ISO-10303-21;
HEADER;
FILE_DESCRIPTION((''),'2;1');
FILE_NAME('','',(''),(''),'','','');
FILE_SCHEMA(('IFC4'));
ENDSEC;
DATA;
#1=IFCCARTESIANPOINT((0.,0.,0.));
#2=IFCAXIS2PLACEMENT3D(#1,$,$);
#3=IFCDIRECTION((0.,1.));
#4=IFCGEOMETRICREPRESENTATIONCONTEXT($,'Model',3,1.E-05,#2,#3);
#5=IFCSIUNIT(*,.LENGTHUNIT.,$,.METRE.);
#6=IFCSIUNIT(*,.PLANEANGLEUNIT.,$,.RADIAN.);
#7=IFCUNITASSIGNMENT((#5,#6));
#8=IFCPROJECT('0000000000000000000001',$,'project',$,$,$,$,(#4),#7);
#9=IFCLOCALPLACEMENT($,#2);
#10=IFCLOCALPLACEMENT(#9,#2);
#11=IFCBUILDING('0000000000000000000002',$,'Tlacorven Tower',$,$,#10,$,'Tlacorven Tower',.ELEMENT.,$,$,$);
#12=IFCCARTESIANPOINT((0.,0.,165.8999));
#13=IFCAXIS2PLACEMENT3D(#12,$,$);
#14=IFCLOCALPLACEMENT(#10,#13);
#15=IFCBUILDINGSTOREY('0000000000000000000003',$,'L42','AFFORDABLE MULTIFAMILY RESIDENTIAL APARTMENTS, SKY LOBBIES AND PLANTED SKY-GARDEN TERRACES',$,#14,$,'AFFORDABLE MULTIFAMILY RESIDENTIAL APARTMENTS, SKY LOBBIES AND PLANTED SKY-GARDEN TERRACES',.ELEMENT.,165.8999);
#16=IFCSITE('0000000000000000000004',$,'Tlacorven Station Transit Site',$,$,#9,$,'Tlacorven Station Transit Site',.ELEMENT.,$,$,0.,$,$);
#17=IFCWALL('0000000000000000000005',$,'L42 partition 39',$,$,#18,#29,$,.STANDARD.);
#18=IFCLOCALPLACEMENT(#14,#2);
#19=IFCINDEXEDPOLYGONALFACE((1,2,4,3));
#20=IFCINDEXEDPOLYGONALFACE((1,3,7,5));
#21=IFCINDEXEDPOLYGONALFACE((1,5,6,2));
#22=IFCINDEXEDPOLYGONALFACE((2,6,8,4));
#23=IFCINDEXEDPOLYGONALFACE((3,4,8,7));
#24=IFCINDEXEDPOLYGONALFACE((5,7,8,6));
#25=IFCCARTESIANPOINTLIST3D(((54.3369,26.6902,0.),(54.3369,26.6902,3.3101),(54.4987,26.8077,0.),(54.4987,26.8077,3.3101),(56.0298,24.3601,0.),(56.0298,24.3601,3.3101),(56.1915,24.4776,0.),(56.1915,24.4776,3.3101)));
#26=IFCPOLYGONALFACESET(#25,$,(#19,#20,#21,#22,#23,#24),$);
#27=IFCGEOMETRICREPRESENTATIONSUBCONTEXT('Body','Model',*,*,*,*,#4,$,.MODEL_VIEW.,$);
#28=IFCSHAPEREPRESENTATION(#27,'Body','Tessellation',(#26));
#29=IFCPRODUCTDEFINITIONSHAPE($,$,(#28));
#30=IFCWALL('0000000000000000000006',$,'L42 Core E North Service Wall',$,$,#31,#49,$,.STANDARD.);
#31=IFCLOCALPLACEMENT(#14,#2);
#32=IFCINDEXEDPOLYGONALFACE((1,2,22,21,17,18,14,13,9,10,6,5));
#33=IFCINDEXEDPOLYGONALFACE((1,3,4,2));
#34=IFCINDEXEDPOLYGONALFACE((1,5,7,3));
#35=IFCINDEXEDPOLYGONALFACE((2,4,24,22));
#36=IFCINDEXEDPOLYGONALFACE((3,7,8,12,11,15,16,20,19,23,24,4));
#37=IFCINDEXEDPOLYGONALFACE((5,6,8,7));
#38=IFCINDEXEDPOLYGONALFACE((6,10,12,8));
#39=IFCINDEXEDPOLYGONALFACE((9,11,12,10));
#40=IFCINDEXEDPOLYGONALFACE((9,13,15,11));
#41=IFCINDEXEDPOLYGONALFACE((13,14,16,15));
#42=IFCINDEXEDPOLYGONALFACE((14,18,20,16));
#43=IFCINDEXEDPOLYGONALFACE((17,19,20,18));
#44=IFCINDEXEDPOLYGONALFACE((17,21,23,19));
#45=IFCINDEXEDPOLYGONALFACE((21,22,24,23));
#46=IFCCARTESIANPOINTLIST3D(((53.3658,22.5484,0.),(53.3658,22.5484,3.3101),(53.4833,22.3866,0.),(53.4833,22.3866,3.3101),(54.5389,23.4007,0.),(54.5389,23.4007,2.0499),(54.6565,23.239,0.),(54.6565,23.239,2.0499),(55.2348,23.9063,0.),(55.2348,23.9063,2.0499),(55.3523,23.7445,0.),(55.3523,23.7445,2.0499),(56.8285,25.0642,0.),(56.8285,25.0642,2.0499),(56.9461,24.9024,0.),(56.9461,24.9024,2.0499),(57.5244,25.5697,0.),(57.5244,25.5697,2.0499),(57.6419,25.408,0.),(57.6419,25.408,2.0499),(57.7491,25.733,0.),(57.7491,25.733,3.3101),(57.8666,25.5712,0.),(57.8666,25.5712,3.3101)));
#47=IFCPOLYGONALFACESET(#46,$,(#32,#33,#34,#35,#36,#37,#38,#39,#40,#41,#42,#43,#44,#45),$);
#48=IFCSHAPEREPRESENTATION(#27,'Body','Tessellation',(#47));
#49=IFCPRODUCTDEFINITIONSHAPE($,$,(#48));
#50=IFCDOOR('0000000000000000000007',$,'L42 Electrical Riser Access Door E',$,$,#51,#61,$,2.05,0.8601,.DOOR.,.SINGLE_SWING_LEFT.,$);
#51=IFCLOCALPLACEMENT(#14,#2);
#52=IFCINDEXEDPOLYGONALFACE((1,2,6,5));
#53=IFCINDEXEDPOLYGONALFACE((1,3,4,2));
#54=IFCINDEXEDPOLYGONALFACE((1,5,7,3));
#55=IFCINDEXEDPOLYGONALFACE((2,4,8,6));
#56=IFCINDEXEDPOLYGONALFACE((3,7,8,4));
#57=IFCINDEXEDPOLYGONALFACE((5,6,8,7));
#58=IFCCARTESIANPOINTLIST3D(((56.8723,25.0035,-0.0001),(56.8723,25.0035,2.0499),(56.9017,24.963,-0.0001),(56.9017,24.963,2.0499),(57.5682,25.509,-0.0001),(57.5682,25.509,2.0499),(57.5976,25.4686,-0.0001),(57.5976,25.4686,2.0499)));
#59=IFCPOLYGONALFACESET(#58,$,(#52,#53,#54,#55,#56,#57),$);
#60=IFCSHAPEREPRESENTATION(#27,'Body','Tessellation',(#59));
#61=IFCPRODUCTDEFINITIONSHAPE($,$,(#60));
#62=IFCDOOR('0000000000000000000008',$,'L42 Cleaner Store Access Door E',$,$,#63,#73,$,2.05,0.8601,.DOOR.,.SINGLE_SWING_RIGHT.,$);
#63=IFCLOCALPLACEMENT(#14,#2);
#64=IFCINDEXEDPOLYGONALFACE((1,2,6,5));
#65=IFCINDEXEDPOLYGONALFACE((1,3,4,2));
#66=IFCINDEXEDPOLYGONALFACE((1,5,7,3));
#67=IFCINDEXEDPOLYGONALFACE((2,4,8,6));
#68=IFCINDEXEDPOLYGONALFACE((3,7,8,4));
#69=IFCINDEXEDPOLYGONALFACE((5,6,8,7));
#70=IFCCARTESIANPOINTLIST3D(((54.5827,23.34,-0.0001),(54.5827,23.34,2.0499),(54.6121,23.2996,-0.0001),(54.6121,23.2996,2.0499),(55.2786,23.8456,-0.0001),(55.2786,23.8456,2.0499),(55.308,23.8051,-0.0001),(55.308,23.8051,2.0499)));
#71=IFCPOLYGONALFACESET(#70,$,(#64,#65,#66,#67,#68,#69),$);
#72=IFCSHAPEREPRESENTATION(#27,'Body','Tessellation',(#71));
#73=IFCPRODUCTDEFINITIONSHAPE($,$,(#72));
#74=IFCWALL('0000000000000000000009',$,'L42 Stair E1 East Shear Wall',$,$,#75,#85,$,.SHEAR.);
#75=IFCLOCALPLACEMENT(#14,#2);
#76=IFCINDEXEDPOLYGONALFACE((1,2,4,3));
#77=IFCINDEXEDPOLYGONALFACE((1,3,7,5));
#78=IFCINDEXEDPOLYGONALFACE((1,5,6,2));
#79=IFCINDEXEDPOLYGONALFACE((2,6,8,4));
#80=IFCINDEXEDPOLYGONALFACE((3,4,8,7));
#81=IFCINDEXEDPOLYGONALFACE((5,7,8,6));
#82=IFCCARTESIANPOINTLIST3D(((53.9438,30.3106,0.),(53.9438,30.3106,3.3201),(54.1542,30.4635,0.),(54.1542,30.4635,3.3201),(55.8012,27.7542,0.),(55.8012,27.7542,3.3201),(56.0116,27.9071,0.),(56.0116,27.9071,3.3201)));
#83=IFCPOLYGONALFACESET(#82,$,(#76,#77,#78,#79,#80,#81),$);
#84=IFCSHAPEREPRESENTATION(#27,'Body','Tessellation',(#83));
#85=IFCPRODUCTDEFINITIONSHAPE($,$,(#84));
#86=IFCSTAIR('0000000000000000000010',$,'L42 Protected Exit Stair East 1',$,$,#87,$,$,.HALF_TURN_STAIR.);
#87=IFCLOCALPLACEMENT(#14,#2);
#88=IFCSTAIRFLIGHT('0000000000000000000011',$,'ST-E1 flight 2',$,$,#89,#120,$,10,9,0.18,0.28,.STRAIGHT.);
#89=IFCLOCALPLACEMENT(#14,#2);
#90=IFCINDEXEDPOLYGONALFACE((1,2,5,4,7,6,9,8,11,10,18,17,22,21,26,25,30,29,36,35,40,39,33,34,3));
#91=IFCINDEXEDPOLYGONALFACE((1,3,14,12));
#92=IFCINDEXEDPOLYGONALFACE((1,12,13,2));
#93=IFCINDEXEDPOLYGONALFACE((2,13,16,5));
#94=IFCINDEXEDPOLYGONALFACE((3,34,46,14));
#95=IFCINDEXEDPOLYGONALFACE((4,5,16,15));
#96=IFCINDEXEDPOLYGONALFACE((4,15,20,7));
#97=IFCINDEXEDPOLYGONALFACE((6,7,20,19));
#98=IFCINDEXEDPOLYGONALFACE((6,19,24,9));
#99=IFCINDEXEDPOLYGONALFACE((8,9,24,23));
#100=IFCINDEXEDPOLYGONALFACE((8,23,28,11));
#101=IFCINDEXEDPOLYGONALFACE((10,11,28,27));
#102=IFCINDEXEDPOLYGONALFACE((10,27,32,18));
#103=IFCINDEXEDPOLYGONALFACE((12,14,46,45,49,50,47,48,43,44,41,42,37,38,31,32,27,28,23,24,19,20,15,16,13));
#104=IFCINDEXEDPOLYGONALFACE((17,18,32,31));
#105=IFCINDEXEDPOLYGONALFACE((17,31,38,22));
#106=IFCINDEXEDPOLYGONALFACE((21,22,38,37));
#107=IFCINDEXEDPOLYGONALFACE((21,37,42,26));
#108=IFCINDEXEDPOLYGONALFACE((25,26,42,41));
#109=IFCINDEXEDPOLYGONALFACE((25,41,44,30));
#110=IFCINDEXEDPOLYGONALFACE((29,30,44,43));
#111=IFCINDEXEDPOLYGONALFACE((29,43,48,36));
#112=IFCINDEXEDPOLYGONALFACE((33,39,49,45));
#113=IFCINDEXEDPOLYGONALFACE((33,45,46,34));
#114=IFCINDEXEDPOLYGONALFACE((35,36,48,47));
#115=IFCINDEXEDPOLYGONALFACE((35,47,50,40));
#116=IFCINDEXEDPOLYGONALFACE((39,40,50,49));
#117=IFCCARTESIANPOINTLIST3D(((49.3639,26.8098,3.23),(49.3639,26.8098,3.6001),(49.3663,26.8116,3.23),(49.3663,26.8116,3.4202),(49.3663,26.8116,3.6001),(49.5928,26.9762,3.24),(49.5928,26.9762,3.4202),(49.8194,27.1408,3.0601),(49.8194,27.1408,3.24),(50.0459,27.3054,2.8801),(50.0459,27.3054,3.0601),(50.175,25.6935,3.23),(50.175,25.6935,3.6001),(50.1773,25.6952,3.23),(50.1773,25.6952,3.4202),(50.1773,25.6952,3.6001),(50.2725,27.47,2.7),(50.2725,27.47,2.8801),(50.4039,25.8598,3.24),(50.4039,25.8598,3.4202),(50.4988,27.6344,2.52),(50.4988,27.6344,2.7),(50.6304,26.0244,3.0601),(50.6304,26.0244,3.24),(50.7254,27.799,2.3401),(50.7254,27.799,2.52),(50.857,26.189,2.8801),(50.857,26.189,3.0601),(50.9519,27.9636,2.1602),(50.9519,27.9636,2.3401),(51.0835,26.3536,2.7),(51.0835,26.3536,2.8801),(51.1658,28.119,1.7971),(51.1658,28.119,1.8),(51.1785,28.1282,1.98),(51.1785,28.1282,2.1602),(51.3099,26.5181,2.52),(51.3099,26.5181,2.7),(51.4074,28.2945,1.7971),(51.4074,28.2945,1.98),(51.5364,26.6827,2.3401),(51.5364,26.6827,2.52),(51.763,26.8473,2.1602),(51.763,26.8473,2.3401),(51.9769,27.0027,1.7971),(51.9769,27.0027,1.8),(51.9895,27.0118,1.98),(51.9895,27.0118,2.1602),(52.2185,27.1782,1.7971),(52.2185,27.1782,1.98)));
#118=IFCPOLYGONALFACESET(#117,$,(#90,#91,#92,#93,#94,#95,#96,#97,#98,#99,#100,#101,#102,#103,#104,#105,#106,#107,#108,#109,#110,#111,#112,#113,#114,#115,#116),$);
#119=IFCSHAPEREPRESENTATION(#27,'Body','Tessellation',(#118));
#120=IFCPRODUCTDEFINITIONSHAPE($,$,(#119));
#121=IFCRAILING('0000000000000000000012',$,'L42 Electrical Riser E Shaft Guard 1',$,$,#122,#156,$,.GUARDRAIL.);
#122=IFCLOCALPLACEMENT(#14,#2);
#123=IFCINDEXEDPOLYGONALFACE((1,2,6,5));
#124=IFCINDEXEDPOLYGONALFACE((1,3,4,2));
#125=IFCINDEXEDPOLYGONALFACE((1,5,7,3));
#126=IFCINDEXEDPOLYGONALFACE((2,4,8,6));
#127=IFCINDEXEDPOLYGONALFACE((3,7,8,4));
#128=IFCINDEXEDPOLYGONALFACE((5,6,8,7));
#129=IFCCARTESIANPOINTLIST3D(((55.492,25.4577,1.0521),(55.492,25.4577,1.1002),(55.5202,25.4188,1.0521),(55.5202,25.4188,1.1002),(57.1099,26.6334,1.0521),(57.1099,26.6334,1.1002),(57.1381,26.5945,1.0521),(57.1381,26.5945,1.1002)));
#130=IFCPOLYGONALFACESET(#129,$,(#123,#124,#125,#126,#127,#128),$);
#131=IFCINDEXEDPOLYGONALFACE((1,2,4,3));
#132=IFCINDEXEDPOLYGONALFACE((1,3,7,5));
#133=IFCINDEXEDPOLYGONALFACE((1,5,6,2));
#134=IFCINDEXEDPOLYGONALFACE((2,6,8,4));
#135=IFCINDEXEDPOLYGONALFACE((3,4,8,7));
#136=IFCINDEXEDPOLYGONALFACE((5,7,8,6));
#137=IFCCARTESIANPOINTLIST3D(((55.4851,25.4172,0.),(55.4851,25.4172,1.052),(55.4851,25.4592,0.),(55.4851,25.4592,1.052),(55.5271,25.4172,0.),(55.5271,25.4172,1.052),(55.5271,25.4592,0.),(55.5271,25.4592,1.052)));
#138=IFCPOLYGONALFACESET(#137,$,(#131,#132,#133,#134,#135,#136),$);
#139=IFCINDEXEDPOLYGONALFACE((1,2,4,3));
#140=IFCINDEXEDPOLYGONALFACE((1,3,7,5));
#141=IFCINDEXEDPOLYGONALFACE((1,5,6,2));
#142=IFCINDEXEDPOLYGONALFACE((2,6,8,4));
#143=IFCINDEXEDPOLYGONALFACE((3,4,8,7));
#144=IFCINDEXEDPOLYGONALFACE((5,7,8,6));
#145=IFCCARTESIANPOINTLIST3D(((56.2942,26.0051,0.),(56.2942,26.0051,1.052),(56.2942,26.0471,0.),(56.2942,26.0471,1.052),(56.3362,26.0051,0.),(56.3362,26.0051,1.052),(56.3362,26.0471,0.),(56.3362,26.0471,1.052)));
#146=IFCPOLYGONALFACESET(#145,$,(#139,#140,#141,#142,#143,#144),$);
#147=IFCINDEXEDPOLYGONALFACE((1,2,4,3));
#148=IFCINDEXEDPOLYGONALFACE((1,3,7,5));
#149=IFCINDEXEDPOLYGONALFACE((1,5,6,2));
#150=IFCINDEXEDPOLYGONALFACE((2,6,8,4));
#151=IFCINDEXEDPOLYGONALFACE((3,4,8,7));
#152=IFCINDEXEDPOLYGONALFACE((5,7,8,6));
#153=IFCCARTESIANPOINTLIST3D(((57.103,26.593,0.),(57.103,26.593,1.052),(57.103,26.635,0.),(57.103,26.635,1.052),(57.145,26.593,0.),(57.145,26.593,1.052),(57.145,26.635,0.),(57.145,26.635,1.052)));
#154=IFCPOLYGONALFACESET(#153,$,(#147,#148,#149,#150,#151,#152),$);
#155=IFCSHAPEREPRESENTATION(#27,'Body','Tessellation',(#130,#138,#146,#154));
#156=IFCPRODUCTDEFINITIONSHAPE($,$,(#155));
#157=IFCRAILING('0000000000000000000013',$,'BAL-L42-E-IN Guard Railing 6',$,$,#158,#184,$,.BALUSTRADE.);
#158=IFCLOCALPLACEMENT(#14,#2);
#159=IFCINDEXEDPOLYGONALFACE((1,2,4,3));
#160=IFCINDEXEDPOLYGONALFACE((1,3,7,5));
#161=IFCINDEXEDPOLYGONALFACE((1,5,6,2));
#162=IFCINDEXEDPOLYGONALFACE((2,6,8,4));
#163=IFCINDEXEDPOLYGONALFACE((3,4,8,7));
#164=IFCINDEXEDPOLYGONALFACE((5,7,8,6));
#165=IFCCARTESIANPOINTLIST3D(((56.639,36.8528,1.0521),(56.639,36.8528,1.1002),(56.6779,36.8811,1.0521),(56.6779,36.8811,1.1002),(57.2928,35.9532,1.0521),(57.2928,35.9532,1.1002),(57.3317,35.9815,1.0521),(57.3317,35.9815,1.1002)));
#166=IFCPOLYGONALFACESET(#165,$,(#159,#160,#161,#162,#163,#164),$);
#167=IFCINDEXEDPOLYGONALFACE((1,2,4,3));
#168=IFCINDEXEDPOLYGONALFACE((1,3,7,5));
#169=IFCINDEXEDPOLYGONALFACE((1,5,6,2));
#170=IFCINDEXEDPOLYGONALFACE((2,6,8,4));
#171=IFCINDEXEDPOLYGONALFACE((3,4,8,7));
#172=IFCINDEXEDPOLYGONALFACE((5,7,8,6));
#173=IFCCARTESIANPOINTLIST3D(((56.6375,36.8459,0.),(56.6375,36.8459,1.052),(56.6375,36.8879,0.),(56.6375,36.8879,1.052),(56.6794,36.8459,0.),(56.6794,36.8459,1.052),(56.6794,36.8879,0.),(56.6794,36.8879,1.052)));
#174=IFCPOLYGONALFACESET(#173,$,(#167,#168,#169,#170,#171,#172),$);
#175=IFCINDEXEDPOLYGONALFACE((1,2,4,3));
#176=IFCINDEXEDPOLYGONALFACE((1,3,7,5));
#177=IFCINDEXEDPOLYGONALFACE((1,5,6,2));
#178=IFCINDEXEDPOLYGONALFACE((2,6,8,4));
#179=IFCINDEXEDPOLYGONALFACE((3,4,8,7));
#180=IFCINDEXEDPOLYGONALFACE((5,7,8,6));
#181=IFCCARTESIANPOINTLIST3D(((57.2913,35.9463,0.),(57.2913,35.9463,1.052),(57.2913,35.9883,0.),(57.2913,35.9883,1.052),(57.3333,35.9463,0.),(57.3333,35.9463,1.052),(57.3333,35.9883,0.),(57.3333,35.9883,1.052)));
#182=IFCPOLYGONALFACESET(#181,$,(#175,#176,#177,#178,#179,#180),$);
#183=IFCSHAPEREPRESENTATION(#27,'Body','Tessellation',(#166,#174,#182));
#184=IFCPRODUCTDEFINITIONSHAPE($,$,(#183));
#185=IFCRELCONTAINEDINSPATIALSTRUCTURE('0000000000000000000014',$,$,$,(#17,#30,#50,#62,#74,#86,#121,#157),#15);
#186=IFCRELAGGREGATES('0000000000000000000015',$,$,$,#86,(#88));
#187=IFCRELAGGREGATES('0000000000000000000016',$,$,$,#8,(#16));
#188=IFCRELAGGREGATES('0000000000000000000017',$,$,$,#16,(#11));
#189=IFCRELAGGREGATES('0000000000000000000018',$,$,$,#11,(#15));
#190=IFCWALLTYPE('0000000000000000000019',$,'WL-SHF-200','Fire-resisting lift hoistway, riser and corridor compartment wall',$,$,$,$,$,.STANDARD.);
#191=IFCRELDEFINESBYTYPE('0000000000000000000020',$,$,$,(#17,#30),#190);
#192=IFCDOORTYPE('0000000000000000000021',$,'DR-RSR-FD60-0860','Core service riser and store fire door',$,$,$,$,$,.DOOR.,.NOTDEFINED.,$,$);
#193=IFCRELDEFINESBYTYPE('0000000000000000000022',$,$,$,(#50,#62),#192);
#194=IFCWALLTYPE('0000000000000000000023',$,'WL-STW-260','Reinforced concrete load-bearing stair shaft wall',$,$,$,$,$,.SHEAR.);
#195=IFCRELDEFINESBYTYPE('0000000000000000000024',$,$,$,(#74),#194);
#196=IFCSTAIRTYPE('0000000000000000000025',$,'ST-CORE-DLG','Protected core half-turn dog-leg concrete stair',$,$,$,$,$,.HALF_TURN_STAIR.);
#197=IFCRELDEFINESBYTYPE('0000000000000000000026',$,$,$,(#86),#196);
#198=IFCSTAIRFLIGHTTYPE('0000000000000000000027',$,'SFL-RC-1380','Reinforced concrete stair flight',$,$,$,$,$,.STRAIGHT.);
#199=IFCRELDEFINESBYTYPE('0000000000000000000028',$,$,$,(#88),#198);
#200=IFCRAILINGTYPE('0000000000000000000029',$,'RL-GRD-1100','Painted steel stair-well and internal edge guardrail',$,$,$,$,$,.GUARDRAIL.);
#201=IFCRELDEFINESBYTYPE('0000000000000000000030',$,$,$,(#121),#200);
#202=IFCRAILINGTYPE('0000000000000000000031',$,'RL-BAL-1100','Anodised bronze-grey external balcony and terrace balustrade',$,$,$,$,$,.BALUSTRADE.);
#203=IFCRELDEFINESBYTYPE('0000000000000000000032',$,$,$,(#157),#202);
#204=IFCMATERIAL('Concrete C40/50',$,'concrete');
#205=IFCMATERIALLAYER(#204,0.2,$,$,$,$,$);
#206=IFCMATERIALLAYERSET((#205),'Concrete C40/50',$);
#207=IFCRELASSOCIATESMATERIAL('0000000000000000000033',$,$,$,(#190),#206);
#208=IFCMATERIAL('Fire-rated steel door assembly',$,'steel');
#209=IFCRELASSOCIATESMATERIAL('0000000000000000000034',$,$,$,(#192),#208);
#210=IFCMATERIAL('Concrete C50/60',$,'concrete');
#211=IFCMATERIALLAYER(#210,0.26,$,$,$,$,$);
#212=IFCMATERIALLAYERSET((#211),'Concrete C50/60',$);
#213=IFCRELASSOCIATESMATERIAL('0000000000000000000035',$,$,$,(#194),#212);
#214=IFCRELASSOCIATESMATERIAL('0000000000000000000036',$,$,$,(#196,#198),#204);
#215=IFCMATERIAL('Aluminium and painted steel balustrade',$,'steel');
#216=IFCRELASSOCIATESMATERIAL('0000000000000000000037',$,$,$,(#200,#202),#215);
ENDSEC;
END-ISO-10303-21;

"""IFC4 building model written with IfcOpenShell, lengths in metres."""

from ifc_helpers import new_model, si_unit, direction, frame, frame_2d, origin, origin_2d, place, context, subcontext, project, spatial, polyline, rectangle, outline, extrude, source, transform, mapped, material, layer, layer_set, type_object, element, fill, aggregate, save


model = new_model("IFC4")

# Units and contexts
model_context = context("Model", 3, precision=1e-05, world=origin(), true_north=direction((0.0, 1.0)))
body_context = subcontext(model_context, "Body", "Model", "MODEL_VIEW")
ifc_project = project(units=[si_unit("LENGTHUNIT", "METRE"), si_unit("PLANEANGLEUNIT", "RADIAN")], contexts=[model_context])

# Site, building, storey
site_placement = place(None, origin())
site = spatial("IfcSite", under=ifc_project, at=site_placement, Name="Tlacorven Station Transit Site", LongName="Tlacorven Station Transit Site", CompositionType="ELEMENT", RefElevation=0.0)
building_placement = place(site_placement, origin())
building = spatial("IfcBuilding", under=site, at=building_placement, Name="Tlacorven Tower", LongName="Tlacorven Tower", CompositionType="ELEMENT")
storey_placement = place(building_placement, frame((0.0, 0.0, 165.8999)))
storey = spatial("IfcBuildingStorey", under=building, at=storey_placement, Name="L42", Description="AFFORDABLE MULTIFAMILY RESIDENTIAL APARTMENTS, SKY LOBBIES AND PLANTED SKY-GARDEN TERRACES", LongName="AFFORDABLE MULTIFAMILY RESIDENTIAL APARTMENTS, SKY LOBBIES AND PLANTED SKY-GARDEN TERRACES", CompositionType="ELEMENT", Elevation=165.8999)

# Shared definitions
ifc_material_1 = material(Name="Fire-rated steel door assembly", Category="steel")

# Shared definitions
ifc_material_2 = material(Name="Concrete C40/50", Category="concrete")
ifc_layer_1 = layer(ifc_material_2, 0.2)
ifc_layer_set_1 = layer_set([ifc_layer_1], Name="Concrete C40/50")
wall_type_1 = type_object("IfcWallType", Name="WL-SHF-200", Description="Fire-resisting lift hoistway, riser and corridor compartment wall", PredefinedType="STANDARD", material=ifc_layer_set_1)
door_type_1 = type_object("IfcDoorType", Name="DR-RSR-FD60-0860", Description="Core service riser and store fire door", OperationType="NOTDEFINED", PredefinedType="DOOR", material=ifc_material_1)
shared_shape_1 = source(origin(), body_context, "Body", "SweptSolid", [
    extrude(rectangle(XDim=0.8601, YDim=2.05, at=frame_2d((0.4302, 1.0249))), frame((0.0, 0.0249, 0.0), z_axis=(0.0, -1.0, 0.0), x_axis=(1.0, 0.0, 0.0)), (0.0, 0.0, 1.0), 0.05),
])

# Wall
wall_1_placement = place(storey_placement, frame((56.1106, 24.4189, 0.0), z_axis=(0.0, 0.0, 1.0), x_axis=(-0.587778, 0.809022, 0.0)))
element("IfcWall", 1, at=wall_1_placement, inside=storey, type_object=wall_type_1, Name="L42 partition 39", PredefinedType="STANDARD", context=body_context, shape_type="SweptSolid", body=[
    extrude(rectangle(XDim=2.8801, YDim=0.2, at=frame_2d((1.4399, 0.0))), origin(), (0.0, 0.0, 1.0), 3.3101),
])

# Wall, openings, doors
wall_2_placement = place(storey_placement, frame((53.4246, 22.4675, 0.0), z_axis=(0.0, 0.0, 1.0), x_axis=(0.809024, 0.587775, 0.0)))
wall_2 = element("IfcWall", 2, at=wall_2_placement, inside=storey, type_object=wall_type_1, Name="L42 Core E North Service Wall", PredefinedType="STANDARD", context=body_context, shape_type="SweptSolid", body=[
    extrude(rectangle(XDim=5.418, YDim=0.2, at=frame_2d((2.709, 0.0))), origin(), (0.0, 0.0, 1.0), 3.3101),
])
opening_1_placement = place(wall_2_placement, frame((4.28, 0.0, 0.0)))
opening_1 = element("IfcOpeningElement", 3, at=opening_1_placement, cuts=wall_2, PredefinedType="OPENING", context=body_context, shape_type="SweptSolid", body=[
    extrude(rectangle(XDim=0.8601, YDim=2.05, at=frame_2d((0.4302, 1.0249))), frame((0.0, 0.1099, 0.0), z_axis=(0.0, -1.0, 0.0), x_axis=(1.0, 0.0, 0.0)), (0.0, 0.0, 1.0), 0.22),
])
opening_2_placement = place(wall_2_placement, frame((1.45, 0.0, 0.0)))
opening_2 = element("IfcOpeningElement", 4, at=opening_2_placement, cuts=wall_2, PredefinedType="OPENING", context=body_context, shape_type="SweptSolid", body=[
    extrude(rectangle(XDim=0.8601, YDim=2.05, at=frame_2d((0.4302, 1.0249))), frame((0.0, 0.1099, 0.0), z_axis=(0.0, -1.0, 0.0), x_axis=(1.0, 0.0, 0.0)), (0.0, 0.0, 1.0), 0.22),
])
door_1_placement = place(opening_1_placement, frame((0.8601, 0.0, 0.0), z_axis=(0.0, 0.0, 1.0), x_axis=(-1.0, 0.0, 0.0)))
door_1 = element("IfcDoor", 5, at=door_1_placement, inside=storey, type_object=door_type_1, Name="L42 Electrical Riser Access Door E", OperationType="SINGLE_SWING_LEFT", OverallHeight=2.05, OverallWidth=0.8601, PredefinedType="DOOR", context=body_context, shape_type="MappedRepresentation", body=[
    mapped(shared_shape_1, transform((0.0, 0.0, 0.0), scale=1.0)),
])
fill(opening_1, door_1)
door_2_placement = place(opening_2_placement, frame((0.8601, 0.0, 0.0), z_axis=(0.0, 0.0, 1.0), x_axis=(-1.0, 0.0, 0.0)))
door_2 = element("IfcDoor", 6, at=door_2_placement, inside=storey, type_object=door_type_1, Name="L42 Cleaner Store Access Door E", OperationType="SINGLE_SWING_RIGHT", OverallHeight=2.05, OverallWidth=0.8601, PredefinedType="DOOR", context=body_context, shape_type="MappedRepresentation", body=[
    mapped(shared_shape_1, transform((0.0, 0.0, 0.0), scale=1.0)),
])
fill(opening_2, door_2)

# Wall
ifc_material_3 = material(Name="Concrete C50/60", Category="concrete")
ifc_layer_2 = layer(ifc_material_3, 0.26)
ifc_layer_set_2 = layer_set([ifc_layer_2], Name="Concrete C50/60")
wall_type_2 = type_object("IfcWallType", Name="WL-STW-260", Description="Reinforced concrete load-bearing stair shaft wall", PredefinedType="SHEAR", material=ifc_layer_set_2)
wall_3_placement = place(storey_placement, frame((55.9065, 27.8306, 0.0), z_axis=(0.0, 0.0, 1.0), x_axis=(-0.587804, 0.809003, 0.0)))
element("IfcWall", 7, at=wall_3_placement, inside=storey, type_object=wall_type_2, Name="L42 Stair E1 East Shear Wall", PredefinedType="SHEAR", context=body_context, shape_type="SweptSolid", body=[
    extrude(rectangle(XDim=3.1599, YDim=0.26, at=frame_2d((1.5801, 0.0))), origin(), (0.0, 0.0, 1.0), 3.3201),
])

# Stair, stair flight
stair_type = type_object("IfcStairType", Name="ST-CORE-DLG", Description="Protected core half-turn dog-leg concrete stair", PredefinedType="HALF_TURN_STAIR", material=ifc_material_2)
stair_placement = place(storey_placement, origin())
stair = element("IfcStair", 8, at=stair_placement, inside=storey, type_object=stair_type, Name="L42 Protected Exit Stair East 1", PredefinedType="HALF_TURN_STAIR")
stair_flight_type = type_object("IfcStairFlightType", Name="SFL-RC-1380", Description="Reinforced concrete stair flight", PredefinedType="STRAIGHT", material=ifc_material_2)
shared_shape_2 = source(origin(), body_context, "Body", "SweptSolid", [
    extrude(outline(polyline([(-0.0029, -0.0029), (-0.0029, 0.1799), (0.28, 0.1799), (0.28, 0.3601), (0.5601, 0.3601), (0.5601, 0.54), (0.8401, 0.54), (0.8401, 0.72), (1.1201, 0.72), (1.1201, 0.8999), (1.3999, 0.8999), (1.3999, 1.0801), (1.6799, 1.0801), (1.6799, 1.26), (1.96, 1.26), (1.96, 1.4399), (2.24, 1.4399), (2.24, 1.6201), (2.52, 1.6201), (2.52, 1.8), (2.5229, 1.8), (2.5229, 1.4299), (2.52, 1.4299), (0.2957, 0.0), (0.2957, -0.0029), (-0.0029, -0.0029)])), frame((0.0, 0.6899, 0.0), z_axis=(0.0, -1.0, 0.0), x_axis=(1.0, 0.0, 0.0)), (0.0, 0.0, 1.0), 1.3799),
])
stair_flight_placement = place(storey_placement, frame((51.8105, 27.7346, 1.8), z_axis=(0.0, 0.0, 1.0), x_axis=(-0.809017, -0.587785, 0.0)))
stair_flight = element("IfcStairFlight", 9, at=stair_flight_placement, type_object=stair_flight_type, Name="ST-E1 flight 2", NumberOfRisers=10, NumberOfTreads=9, PredefinedType="STRAIGHT", RiserHeight=0.18, TreadLength=0.28, context=body_context, shape_type="MappedRepresentation", body=[
    mapped(shared_shape_2, transform((0.0, 0.0, 0.0), scale=1.0)),
])
aggregate(stair, [stair_flight])

# Railings
ifc_material_4 = material(Name="Aluminium and painted steel balustrade", Category="steel")
railing_type_1 = type_object("IfcRailingType", Name="RL-GRD-1100", Description="Painted steel stair-well and internal edge guardrail", PredefinedType="GUARDRAIL", material=ifc_material_4)
shared_shape_3 = source(origin(), body_context, "Body", "SweptSolid", [
    extrude(rectangle(XDim=0.0481, YDim=0.0481, at=origin_2d()), frame((0.0, 0.0, 1.0762), z_axis=(0.808947, 0.587881, 0.0), x_axis=(-0.587881, 0.808947, 0.0)), (0.0, 0.0, 1.0), 2.0),
    extrude(rectangle(XDim=0.042, YDim=0.042, at=origin_2d()), origin(), (0.0, 0.0, 1.0), 1.052),
    extrude(rectangle(XDim=0.042, YDim=0.042, at=origin_2d()), frame((0.8091, 0.5879, 0.0)), (0.0, 0.0, 1.0), 1.052),
    extrude(rectangle(XDim=0.042, YDim=0.042, at=origin_2d()), frame((1.6179, 1.1758, 0.0)), (0.0, 0.0, 1.0), 1.052),
])
railing_1_placement = place(storey_placement, frame((55.5061, 25.4382, 0.0)))
element("IfcRailing", 10, at=railing_1_placement, inside=storey, type_object=railing_type_1, Name="L42 Electrical Riser E Shaft Guard 1", PredefinedType="GUARDRAIL", context=body_context, shape_type="MappedRepresentation", body=[
    mapped(shared_shape_3, transform((0.0, 0.0, 0.0), scale=1.0)),
])
railing_type_2 = type_object("IfcRailingType", Name="RL-BAL-1100", Description="Anodised bronze-grey external balcony and terrace balustrade", PredefinedType="BALUSTRADE", material=ifc_material_4)
shared_shape_4 = source(origin(), body_context, "Body", "SweptSolid", [
    extrude(rectangle(XDim=0.0481, YDim=0.0481, at=origin_2d()), frame((0.0, 0.0, 1.0762), z_axis=(0.587884, -0.808945, 0.0), x_axis=(0.808945, 0.587884, 0.0)), (0.0, 0.0, 1.0), 1.1121),
    extrude(rectangle(XDim=0.042, YDim=0.042, at=origin_2d()), origin(), (0.0, 0.0, 1.0), 1.052),
    extrude(rectangle(XDim=0.042, YDim=0.042, at=origin_2d()), frame((0.6538, -0.8997, 0.0)), (0.0, 0.0, 1.0), 1.052),
])
railing_2_placement = place(storey_placement, frame((56.6584, 36.8669, 0.0)))
element("IfcRailing", 11, at=railing_2_placement, inside=storey, type_object=railing_type_2, Name="BAL-L42-E-IN Guard Railing 6", PredefinedType="BALUSTRADE", context=body_context, shape_type="MappedRepresentation", body=[
    mapped(shared_shape_4, transform((0.0, 0.0, 0.0), scale=1.0)),
])

save(model, "model.ifc")
